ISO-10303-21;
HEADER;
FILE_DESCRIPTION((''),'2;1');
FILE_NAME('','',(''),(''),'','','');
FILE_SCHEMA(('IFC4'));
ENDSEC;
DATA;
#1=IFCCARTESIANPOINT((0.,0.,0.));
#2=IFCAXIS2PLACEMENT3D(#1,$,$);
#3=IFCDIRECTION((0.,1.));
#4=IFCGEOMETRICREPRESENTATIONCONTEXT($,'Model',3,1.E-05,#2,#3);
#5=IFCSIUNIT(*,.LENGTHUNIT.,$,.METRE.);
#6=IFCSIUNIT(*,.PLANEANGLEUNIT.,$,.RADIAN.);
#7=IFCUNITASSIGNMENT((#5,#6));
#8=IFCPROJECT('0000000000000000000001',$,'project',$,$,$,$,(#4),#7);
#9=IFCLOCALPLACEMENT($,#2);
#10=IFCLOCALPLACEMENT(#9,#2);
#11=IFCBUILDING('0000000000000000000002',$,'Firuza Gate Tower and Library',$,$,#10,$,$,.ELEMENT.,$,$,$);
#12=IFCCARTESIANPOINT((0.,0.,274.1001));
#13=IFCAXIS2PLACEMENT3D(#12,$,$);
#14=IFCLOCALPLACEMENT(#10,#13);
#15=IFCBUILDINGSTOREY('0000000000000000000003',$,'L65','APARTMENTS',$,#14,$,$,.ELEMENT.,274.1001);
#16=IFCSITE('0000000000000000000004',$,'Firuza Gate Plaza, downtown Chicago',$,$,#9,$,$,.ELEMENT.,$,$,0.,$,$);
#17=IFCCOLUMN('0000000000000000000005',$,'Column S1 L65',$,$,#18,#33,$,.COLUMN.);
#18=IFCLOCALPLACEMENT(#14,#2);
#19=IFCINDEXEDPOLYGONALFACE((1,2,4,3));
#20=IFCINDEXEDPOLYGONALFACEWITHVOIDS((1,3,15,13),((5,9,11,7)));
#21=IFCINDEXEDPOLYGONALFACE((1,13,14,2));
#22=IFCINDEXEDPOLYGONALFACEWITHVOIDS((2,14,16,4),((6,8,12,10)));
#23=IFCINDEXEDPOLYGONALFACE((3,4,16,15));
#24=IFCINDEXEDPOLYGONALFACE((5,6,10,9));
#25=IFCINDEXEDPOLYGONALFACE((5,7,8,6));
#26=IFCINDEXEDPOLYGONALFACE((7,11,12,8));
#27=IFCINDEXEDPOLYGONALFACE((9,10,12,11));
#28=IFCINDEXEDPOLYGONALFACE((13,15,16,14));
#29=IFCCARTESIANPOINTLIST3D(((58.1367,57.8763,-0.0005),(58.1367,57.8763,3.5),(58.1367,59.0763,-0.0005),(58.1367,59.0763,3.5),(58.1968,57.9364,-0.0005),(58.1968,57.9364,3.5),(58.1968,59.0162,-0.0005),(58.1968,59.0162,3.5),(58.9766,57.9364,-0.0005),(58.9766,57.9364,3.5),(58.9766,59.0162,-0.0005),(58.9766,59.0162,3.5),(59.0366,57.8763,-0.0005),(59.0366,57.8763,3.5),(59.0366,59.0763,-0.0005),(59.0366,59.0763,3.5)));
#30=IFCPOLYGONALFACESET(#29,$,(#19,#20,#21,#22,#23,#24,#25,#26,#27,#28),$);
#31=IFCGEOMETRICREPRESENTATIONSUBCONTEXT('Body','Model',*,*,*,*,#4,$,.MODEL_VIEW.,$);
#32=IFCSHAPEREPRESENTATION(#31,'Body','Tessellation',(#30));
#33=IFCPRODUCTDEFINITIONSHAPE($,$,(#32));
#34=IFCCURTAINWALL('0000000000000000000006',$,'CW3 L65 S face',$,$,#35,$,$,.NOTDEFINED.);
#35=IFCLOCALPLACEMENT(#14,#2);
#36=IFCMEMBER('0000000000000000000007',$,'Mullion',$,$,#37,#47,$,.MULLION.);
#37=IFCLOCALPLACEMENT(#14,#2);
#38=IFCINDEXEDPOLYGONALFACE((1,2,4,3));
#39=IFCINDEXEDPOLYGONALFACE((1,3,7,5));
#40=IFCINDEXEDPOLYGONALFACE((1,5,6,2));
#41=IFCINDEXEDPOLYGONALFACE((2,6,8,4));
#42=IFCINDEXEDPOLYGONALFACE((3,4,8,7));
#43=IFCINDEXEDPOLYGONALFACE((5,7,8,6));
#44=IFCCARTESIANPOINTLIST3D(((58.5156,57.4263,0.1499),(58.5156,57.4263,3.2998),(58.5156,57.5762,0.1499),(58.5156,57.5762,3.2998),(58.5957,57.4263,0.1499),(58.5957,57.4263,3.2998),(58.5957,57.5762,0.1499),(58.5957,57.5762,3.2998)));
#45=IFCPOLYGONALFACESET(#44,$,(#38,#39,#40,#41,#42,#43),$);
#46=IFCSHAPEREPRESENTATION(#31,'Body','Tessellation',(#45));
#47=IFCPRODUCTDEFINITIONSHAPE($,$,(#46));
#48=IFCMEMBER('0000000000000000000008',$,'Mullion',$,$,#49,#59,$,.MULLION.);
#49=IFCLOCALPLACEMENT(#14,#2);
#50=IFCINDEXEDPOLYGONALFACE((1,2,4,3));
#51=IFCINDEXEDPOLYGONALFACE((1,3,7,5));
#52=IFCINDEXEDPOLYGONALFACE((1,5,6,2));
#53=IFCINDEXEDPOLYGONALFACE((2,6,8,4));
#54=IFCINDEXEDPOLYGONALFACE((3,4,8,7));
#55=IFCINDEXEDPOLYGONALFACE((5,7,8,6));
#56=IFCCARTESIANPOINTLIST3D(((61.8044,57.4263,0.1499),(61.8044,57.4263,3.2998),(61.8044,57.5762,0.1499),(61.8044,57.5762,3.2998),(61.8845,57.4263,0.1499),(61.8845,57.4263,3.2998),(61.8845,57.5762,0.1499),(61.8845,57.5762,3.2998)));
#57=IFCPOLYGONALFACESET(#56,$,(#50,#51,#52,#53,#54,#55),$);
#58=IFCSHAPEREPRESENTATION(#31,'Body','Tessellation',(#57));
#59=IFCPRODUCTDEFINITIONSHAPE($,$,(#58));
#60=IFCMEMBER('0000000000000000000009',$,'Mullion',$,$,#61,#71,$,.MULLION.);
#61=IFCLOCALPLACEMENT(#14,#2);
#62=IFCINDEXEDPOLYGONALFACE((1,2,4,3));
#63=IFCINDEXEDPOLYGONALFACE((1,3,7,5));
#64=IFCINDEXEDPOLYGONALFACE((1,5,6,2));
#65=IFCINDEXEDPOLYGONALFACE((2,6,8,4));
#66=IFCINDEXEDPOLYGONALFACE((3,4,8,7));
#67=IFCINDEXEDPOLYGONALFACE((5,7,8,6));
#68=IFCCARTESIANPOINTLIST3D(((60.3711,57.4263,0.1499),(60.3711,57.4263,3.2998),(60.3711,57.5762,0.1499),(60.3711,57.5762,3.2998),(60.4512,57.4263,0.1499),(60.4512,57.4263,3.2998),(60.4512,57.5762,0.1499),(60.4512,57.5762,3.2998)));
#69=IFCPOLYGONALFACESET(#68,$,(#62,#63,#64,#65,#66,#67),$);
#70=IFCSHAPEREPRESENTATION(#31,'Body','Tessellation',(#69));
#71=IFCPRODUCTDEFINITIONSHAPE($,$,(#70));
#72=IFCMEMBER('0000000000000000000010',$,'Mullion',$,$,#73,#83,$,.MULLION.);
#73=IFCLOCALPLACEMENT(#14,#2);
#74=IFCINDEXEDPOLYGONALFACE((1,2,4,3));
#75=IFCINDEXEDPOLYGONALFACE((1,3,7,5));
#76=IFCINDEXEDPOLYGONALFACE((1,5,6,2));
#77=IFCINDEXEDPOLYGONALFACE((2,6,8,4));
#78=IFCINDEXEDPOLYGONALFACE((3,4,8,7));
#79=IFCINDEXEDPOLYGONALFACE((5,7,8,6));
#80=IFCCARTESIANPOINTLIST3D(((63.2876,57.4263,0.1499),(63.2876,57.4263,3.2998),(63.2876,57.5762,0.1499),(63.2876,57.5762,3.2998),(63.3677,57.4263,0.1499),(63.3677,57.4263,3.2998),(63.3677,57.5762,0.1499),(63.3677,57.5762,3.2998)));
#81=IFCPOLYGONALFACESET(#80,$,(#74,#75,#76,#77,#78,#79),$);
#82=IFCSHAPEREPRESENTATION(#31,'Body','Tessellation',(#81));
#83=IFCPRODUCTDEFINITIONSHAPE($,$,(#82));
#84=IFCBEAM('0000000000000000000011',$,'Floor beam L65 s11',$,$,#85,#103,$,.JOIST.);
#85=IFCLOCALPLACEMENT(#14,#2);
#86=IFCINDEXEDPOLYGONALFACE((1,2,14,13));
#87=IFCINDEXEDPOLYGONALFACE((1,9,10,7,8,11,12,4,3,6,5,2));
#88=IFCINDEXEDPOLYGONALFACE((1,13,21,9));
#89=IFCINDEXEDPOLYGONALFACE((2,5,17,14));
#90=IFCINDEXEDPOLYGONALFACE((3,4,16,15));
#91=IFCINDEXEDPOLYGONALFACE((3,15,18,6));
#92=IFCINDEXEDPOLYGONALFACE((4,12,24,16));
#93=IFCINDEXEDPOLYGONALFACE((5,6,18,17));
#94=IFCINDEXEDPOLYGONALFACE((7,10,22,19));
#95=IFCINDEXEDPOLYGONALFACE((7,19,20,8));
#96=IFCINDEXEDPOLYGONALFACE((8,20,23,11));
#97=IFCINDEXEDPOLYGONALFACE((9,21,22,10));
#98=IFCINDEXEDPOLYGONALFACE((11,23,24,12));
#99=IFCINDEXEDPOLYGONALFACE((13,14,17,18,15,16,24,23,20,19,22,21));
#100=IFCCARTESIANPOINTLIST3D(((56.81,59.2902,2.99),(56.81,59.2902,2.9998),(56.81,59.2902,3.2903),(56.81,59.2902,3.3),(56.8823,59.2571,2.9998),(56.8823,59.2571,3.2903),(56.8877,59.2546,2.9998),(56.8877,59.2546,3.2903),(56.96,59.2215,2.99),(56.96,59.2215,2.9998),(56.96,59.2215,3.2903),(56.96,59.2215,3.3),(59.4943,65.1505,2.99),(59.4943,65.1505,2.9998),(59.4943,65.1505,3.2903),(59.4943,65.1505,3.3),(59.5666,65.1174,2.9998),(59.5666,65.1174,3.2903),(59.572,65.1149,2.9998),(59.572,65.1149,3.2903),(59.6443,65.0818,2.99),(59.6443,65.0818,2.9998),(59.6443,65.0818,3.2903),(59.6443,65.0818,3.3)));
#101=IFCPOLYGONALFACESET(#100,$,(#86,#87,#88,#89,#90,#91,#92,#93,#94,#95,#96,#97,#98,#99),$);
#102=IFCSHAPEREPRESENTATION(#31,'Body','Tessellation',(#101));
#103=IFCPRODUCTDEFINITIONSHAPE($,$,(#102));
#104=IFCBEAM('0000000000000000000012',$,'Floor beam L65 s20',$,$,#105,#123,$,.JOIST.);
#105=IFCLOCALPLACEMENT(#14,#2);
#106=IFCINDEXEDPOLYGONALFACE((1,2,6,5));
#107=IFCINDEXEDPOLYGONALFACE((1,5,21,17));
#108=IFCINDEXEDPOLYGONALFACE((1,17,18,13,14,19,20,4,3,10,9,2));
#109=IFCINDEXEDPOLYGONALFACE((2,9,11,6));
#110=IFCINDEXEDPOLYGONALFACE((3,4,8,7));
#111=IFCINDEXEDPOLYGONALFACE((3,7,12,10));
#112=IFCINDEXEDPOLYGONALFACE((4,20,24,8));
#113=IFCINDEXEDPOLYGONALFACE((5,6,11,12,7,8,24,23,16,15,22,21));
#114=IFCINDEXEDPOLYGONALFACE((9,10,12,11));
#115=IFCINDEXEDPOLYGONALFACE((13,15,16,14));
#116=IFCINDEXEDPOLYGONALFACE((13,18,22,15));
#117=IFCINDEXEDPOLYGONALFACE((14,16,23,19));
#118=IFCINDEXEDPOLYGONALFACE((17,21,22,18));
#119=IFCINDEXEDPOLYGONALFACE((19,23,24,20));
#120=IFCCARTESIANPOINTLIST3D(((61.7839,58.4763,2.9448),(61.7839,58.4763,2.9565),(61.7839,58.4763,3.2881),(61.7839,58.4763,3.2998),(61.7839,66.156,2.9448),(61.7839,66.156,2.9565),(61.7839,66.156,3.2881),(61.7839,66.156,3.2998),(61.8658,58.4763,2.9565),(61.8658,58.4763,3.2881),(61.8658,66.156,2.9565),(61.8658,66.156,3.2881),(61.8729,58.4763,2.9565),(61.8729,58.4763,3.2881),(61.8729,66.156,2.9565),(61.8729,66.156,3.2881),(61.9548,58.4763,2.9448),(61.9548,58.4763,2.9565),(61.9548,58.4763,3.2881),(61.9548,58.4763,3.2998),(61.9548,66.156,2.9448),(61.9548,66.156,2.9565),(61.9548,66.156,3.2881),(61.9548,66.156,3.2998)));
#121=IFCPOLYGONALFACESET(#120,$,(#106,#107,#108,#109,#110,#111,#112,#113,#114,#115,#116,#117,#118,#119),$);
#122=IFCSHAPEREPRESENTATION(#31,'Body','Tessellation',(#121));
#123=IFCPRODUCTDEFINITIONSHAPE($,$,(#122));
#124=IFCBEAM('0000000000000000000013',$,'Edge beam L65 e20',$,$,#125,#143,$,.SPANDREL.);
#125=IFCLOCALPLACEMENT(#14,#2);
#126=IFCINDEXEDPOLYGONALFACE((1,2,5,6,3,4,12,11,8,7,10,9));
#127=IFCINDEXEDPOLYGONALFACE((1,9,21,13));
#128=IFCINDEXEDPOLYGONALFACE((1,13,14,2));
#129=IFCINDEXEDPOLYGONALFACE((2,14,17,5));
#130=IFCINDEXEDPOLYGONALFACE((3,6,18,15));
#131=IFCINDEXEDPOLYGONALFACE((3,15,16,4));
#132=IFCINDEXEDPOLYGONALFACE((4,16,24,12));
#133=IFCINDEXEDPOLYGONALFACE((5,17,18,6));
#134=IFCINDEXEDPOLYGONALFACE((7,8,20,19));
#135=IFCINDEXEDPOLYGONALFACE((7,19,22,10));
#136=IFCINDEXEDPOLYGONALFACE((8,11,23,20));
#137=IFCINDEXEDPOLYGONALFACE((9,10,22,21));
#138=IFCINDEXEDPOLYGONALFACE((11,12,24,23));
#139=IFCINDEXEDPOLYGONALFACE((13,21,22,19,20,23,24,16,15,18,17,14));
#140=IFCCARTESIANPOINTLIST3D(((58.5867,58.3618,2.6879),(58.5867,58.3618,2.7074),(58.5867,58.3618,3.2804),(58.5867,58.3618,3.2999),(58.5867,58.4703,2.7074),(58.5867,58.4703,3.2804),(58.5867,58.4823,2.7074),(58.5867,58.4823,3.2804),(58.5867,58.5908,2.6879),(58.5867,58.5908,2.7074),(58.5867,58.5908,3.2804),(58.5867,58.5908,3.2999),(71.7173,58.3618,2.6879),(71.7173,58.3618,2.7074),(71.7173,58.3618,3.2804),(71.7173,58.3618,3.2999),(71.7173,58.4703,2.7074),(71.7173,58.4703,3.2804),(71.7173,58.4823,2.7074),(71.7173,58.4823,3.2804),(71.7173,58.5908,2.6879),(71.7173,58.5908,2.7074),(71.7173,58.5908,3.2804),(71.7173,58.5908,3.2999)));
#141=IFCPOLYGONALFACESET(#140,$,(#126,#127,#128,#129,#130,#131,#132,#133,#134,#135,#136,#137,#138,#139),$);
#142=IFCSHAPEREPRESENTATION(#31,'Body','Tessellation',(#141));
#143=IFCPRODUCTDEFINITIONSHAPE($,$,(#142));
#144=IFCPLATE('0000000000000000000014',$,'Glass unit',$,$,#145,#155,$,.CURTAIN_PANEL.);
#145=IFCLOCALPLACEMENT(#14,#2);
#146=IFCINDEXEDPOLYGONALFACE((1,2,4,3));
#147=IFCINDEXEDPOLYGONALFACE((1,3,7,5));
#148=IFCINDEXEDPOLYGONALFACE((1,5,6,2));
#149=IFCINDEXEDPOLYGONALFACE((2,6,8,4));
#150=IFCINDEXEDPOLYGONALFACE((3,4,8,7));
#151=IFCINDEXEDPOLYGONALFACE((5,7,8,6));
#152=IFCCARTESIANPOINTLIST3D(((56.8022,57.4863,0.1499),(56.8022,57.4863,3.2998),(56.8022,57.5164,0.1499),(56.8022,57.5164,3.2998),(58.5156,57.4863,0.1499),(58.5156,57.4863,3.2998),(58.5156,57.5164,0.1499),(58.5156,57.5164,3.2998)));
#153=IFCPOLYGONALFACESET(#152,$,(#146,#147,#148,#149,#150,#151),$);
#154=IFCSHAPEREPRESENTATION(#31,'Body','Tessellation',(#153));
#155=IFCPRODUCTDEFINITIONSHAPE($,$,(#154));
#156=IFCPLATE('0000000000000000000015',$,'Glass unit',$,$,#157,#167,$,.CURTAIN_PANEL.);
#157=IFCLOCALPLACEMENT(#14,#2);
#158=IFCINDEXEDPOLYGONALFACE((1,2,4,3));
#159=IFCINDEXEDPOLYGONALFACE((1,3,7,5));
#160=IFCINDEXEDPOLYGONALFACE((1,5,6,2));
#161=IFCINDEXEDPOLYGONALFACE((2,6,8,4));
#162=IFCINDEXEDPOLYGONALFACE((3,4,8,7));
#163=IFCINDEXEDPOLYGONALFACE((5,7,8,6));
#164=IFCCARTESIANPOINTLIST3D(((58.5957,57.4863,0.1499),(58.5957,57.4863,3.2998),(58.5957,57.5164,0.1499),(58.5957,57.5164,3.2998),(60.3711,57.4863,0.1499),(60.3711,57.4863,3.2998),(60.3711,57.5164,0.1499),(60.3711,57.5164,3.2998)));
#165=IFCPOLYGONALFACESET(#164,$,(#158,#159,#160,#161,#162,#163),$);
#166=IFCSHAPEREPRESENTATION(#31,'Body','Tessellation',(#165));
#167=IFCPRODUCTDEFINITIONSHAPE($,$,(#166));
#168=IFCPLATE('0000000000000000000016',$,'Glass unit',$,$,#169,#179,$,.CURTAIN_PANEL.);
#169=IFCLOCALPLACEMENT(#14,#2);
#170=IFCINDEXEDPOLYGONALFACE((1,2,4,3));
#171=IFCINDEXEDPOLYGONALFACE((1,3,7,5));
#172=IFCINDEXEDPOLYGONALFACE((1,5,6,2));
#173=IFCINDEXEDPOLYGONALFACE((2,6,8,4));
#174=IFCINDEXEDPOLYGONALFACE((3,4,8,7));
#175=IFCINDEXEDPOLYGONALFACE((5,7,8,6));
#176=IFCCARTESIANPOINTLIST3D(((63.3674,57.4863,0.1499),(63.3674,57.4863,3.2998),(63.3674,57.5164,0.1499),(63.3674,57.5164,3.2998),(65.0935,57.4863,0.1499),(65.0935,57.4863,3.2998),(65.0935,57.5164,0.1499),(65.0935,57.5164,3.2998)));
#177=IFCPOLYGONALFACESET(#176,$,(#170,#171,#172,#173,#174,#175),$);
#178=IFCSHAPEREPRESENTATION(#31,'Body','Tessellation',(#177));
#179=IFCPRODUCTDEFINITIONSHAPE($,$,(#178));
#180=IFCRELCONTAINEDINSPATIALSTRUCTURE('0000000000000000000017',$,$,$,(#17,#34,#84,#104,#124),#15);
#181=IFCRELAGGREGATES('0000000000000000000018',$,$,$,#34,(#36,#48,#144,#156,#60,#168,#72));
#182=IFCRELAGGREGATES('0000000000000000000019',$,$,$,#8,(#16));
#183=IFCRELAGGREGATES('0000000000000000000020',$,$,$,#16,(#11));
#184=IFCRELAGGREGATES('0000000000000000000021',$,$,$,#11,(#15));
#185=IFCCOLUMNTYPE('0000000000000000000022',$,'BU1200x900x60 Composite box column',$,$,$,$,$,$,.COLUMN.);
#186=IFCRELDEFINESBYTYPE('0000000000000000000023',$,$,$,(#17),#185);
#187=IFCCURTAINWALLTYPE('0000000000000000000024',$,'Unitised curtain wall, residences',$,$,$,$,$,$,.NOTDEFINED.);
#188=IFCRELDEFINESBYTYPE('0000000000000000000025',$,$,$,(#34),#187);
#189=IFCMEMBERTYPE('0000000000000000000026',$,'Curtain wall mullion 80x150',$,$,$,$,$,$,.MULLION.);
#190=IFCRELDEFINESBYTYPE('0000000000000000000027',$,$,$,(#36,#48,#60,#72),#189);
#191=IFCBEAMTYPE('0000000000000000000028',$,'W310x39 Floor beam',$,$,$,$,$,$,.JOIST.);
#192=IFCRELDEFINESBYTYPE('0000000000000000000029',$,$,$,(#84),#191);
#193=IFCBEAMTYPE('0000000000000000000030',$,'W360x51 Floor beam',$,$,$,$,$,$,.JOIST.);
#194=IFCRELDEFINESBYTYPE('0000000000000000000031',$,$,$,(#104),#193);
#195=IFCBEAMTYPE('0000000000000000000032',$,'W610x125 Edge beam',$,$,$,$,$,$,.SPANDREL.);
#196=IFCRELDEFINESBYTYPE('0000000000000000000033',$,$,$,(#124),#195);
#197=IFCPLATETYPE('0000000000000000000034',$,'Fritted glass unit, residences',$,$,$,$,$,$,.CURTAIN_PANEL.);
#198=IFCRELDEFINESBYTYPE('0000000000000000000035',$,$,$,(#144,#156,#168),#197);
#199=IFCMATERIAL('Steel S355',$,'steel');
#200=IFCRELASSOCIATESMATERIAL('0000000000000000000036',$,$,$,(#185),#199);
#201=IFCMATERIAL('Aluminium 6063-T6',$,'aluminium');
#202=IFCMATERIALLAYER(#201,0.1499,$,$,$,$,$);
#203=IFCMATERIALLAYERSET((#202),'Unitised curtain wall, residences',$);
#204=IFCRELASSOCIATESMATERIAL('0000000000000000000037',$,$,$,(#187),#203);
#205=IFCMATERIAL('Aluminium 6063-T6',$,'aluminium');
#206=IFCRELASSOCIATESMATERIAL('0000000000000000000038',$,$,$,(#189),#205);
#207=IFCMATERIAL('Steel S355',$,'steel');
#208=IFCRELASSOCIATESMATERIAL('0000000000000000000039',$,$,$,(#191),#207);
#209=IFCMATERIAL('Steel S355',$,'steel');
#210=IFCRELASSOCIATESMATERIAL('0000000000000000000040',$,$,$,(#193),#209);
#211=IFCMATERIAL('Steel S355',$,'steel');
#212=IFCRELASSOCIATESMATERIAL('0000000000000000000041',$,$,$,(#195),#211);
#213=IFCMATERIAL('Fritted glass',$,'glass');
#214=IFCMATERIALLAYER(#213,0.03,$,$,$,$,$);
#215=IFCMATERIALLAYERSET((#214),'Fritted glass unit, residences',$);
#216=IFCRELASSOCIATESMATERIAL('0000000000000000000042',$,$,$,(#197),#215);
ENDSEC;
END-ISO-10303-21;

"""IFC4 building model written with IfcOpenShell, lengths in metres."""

from ifc_helpers import new_model, si_unit, direction, frame, origin, origin_2d, place, context, subcontext, project, spatial, polyline, rectangle, hollow_rectangle, i_section, outline, extrude, material, layer, layer_set, material_profile, profile_set, type_object, element, aggregate, save


model = new_model("IFC4")

# Units and contexts
model_context = context("Model", 3, precision=1e-05, world=origin(), true_north=direction((0.0, 1.0)))
body_context = subcontext(model_context, "Body", "Model", "MODEL_VIEW")
ifc_project = project(units=[si_unit("LENGTHUNIT", "METRE"), si_unit("PLANEANGLEUNIT", "RADIAN")], contexts=[model_context])

# Site, building, storey
site_placement = place(None, origin())
site = spatial("IfcSite", under=ifc_project, at=site_placement, Name="Firuza Gate Plaza, downtown Chicago", CompositionType="ELEMENT", RefElevation=0.0)
building_placement = place(site_placement, origin())
building = spatial("IfcBuilding", under=site, at=building_placement, Name="Firuza Gate Tower and Library", CompositionType="ELEMENT")
storey_placement = place(building_placement, frame((0.0, 0.0, 274.1001)))
storey = spatial("IfcBuildingStorey", under=building, at=storey_placement, Name="L65", Description="APARTMENTS", CompositionType="ELEMENT", Elevation=274.1001)

# Column
ifc_material_1 = material(Name="Steel S355", Category="steel")
ifc_material_profile_1 = material_profile(ifc_material_1, hollow_rectangle(XDim=0.8999, YDim=1.2, WallThickness=0.0601, at=origin_2d()))
ifc_profile_set_1 = profile_set([ifc_material_profile_1], Name="Steel S355")
column_type = type_object("IfcColumnType", Name="BU1200x900x60 Composite box column", PredefinedType="COLUMN", material=ifc_profile_set_1)
column_placement = place(storey_placement, frame((58.5867, 58.4763, -0.0005), z_axis=(0.0, 0.0, 1.0), x_axis=(1.0, 0.0, 0.0)))
element("IfcColumn", 1, at=column_placement, inside=storey, type_object=column_type, Name="Column S1 L65", PredefinedType="COLUMN", context=body_context, shape_type="SweptSolid", body=[
    extrude(hollow_rectangle(XDim=0.8999, YDim=1.2, WallThickness=0.0601, at=origin_2d()), origin(), (0.0, 0.0, 1.0), 3.5005),
])

# Curtain wall, members
ifc_material_2 = material(Name="Aluminium 6063-T6", Category="aluminium")
ifc_layer_1 = layer(ifc_material_2, 0.1499)
ifc_layer_set_1 = layer_set([ifc_layer_1], Name="Unitised curtain wall, residences")
curtain_wall_type = type_object("IfcCurtainWallType", Name="Unitised curtain wall, residences", PredefinedType="NOTDEFINED", material=ifc_layer_set_1)
curtain_wall_placement = place(storey_placement, origin())
curtain_wall = element("IfcCurtainWall", 2, at=curtain_wall_placement, inside=storey, type_object=curtain_wall_type, Name="CW3 L65 S face", PredefinedType="NOTDEFINED")
ifc_material_3 = material(Name="Aluminium 6063-T6", Category="aluminium")
ifc_material_profile_2 = material_profile(ifc_material_3, rectangle(XDim=0.1499, YDim=0.0801, at=origin_2d()))
ifc_profile_set_2 = profile_set([ifc_material_profile_2], Name="Aluminium 6063-T6")
member_type = type_object("IfcMemberType", Name="Curtain wall mullion 80x150", PredefinedType="MULLION", material=ifc_profile_set_2)
member_1_placement = place(storey_placement, frame((58.5557, 57.5012, 0.1499), z_axis=(0.0, 0.0, 1.0), x_axis=(0.0, 1.0, 0.0)))
member_1 = element("IfcMember", 3, at=member_1_placement, type_object=member_type, Name="Mullion", PredefinedType="MULLION", context=body_context, shape_type="SweptSolid", body=[
    extrude(rectangle(XDim=0.1499, YDim=0.0801, at=origin_2d()), origin(), (0.0, 0.0, 1.0), 3.1499),
])
member_2_placement = place(storey_placement, frame((61.8445, 57.5012, 0.1499), z_axis=(0.0, 0.0, 1.0), x_axis=(0.0, 1.0, 0.0)))
member_2 = element("IfcMember", 4, at=member_2_placement, type_object=member_type, Name="Mullion", PredefinedType="MULLION", context=body_context, shape_type="SweptSolid", body=[
    extrude(rectangle(XDim=0.1499, YDim=0.0801, at=origin_2d()), origin(), (0.0, 0.0, 1.0), 3.1499),
])
member_3_placement = place(storey_placement, frame((60.4111, 57.5012, 0.1499), z_axis=(0.0, 0.0, 1.0), x_axis=(0.0, 1.0, 0.0)))
member_3 = element("IfcMember", 5, at=member_3_placement, type_object=member_type, Name="Mullion", PredefinedType="MULLION", context=body_context, shape_type="SweptSolid", body=[
    extrude(rectangle(XDim=0.1499, YDim=0.0801, at=origin_2d()), origin(), (0.0, 0.0, 1.0), 3.1499),
])
member_4_placement = place(storey_placement, frame((63.3276, 57.5012, 0.1499), z_axis=(0.0, 0.0, 1.0), x_axis=(0.0, 1.0, 0.0)))
member_4 = element("IfcMember", 6, at=member_4_placement, type_object=member_type, Name="Mullion", PredefinedType="MULLION", context=body_context, shape_type="SweptSolid", body=[
    extrude(rectangle(XDim=0.1499, YDim=0.0801, at=origin_2d()), origin(), (0.0, 0.0, 1.0), 3.1499),
])

# Beams
ifc_material_4 = material(Name="Steel S355", Category="steel")
ifc_material_profile_3 = material_profile(ifc_material_4, i_section(OverallWidth=0.165, OverallDepth=0.3101, WebThickness=0.0059, FlangeThickness=0.0098, at=origin_2d()))
ifc_profile_set_3 = profile_set([ifc_material_profile_3], Name="Steel S355")
beam_type_1 = type_object("IfcBeamType", Name="W310x39 Floor beam", PredefinedType="JOIST", material=ifc_profile_set_3)
beam_1_placement = place(storey_placement, frame((56.885, 59.2559, 3.145), z_axis=(0.416441, 0.909163, 0.0), x_axis=(-0.909163, 0.416441, 0.0)))
element("IfcBeam", 7, at=beam_1_placement, inside=storey, type_object=beam_type_1, Name="Floor beam L65 s11", PredefinedType="JOIST", context=body_context, shape_type="SweptSolid", body=[
    extrude(i_section(OverallWidth=0.165, OverallDepth=0.3101, WebThickness=0.0059, FlangeThickness=0.0098, at=origin_2d()), origin(), (0.0, 0.0, 1.0), 6.4458),
])
ifc_material_5 = material(Name="Steel S355", Category="steel")
ifc_material_profile_4 = material_profile(ifc_material_5, i_section(OverallWidth=0.1709, OverallDepth=0.355, WebThickness=0.0071, FlangeThickness=0.0117, at=origin_2d()))
ifc_profile_set_4 = profile_set([ifc_material_profile_4], Name="Steel S355")
beam_type_2 = type_object("IfcBeamType", Name="W360x51 Floor beam", PredefinedType="JOIST", material=ifc_profile_set_4)
beam_2_placement = place(storey_placement, frame((61.8694, 58.4763, 3.1223), z_axis=(0.0, 1.0, 0.0), x_axis=(-1.0, 0.0, 0.0)))
element("IfcBeam", 8, at=beam_2_placement, inside=storey, type_object=beam_type_2, Name="Floor beam L65 s20", PredefinedType="JOIST", context=body_context, shape_type="SweptSolid", body=[
    extrude(i_section(OverallWidth=0.1709, OverallDepth=0.355, WebThickness=0.0071, FlangeThickness=0.0117, at=origin_2d()), origin(), (0.0, 0.0, 1.0), 7.6797),
])
ifc_material_6 = material(Name="Steel S355", Category="steel")
ifc_material_profile_5 = material_profile(ifc_material_6, i_section(OverallWidth=0.229, OverallDepth=0.6121, WebThickness=0.012, FlangeThickness=0.0195, at=origin_2d()))
ifc_profile_set_5 = profile_set([ifc_material_profile_5], Name="Steel S355")
beam_type_3 = type_object("IfcBeamType", Name="W610x125 Edge beam", PredefinedType="SPANDREL", material=ifc_profile_set_5)
beam_3_placement = place(storey_placement, frame((58.5867, 58.4763, 2.9939), z_axis=(1.0, 0.0, 0.0), x_axis=(0.0, 1.0, 0.0)))
element("IfcBeam", 9, at=beam_3_placement, inside=storey, type_object=beam_type_3, Name="Edge beam L65 e20", PredefinedType="SPANDREL", context=body_context, shape_type="SweptSolid", body=[
    extrude(i_section(OverallWidth=0.229, OverallDepth=0.6121, WebThickness=0.012, FlangeThickness=0.0195, at=origin_2d()), origin(), (0.0, 0.0, 1.0), 13.1306),
])

# Plates
ifc_material_7 = material(Name="Fritted glass", Category="glass")
ifc_layer_2 = layer(ifc_material_7, 0.03)
ifc_layer_set_2 = layer_set([ifc_layer_2], Name="Fritted glass unit, residences")
plate_type_1 = type_object("IfcPlateType", Name="Fritted glass unit, residences", PredefinedType="CURTAIN_PANEL", material=ifc_layer_set_2)
plate_1_placement = place(storey_placement, frame((56.8022, 57.4863, 0.1499), z_axis=(0.0, -1.0, 0.0), x_axis=(1.0, 0.0, 0.0)))
plate_1 = element("IfcPlate", 10, at=plate_1_placement, type_object=plate_type_1, Name="Glass unit", PredefinedType="CURTAIN_PANEL", context=body_context, shape_type="SweptSolid", body=[
    extrude(outline(polyline([(0.0, 0.0), (1.7134, 0.0), (1.7134, 3.1499), (0.0, 3.1499), (0.0, 0.0)])), origin(), (0.0, 0.0, -1.0), 0.03),
])
plate_2_placement = place(storey_placement, frame((58.5957, 57.4863, 0.1499), z_axis=(0.0, -1.0, 0.0), x_axis=(1.0, 0.0, 0.0)))
plate_2 = element("IfcPlate", 11, at=plate_2_placement, type_object=plate_type_1, Name="Glass unit", PredefinedType="CURTAIN_PANEL", context=body_context, shape_type="SweptSolid", body=[
    extrude(outline(polyline([(0.0, 0.0), (1.7754, 0.0), (1.7754, 3.1499), (0.0, 3.1499), (0.0, 0.0)])), origin(), (0.0, 0.0, -1.0), 0.03),
])
plate_3_placement = place(storey_placement, frame((63.3674, 57.4863, 0.1499), z_axis=(0.0, -1.0, 0.0), x_axis=(1.0, 0.0, 0.0)))
plate_3 = element("IfcPlate", 12, at=plate_3_placement, type_object=plate_type_1, Name="Glass unit", PredefinedType="CURTAIN_PANEL", context=body_context, shape_type="SweptSolid", body=[
    extrude(outline(polyline([(0.0, 0.0), (1.7261, 0.0), (1.7261, 3.1499), (0.0, 3.1499), (0.0, 0.0)])), origin(), (0.0, 0.0, -1.0), 0.03),
])
aggregate(curtain_wall, [member_1, member_2, plate_1, plate_2, member_3, plate_3, member_4])

save(model, "model.ifc")
